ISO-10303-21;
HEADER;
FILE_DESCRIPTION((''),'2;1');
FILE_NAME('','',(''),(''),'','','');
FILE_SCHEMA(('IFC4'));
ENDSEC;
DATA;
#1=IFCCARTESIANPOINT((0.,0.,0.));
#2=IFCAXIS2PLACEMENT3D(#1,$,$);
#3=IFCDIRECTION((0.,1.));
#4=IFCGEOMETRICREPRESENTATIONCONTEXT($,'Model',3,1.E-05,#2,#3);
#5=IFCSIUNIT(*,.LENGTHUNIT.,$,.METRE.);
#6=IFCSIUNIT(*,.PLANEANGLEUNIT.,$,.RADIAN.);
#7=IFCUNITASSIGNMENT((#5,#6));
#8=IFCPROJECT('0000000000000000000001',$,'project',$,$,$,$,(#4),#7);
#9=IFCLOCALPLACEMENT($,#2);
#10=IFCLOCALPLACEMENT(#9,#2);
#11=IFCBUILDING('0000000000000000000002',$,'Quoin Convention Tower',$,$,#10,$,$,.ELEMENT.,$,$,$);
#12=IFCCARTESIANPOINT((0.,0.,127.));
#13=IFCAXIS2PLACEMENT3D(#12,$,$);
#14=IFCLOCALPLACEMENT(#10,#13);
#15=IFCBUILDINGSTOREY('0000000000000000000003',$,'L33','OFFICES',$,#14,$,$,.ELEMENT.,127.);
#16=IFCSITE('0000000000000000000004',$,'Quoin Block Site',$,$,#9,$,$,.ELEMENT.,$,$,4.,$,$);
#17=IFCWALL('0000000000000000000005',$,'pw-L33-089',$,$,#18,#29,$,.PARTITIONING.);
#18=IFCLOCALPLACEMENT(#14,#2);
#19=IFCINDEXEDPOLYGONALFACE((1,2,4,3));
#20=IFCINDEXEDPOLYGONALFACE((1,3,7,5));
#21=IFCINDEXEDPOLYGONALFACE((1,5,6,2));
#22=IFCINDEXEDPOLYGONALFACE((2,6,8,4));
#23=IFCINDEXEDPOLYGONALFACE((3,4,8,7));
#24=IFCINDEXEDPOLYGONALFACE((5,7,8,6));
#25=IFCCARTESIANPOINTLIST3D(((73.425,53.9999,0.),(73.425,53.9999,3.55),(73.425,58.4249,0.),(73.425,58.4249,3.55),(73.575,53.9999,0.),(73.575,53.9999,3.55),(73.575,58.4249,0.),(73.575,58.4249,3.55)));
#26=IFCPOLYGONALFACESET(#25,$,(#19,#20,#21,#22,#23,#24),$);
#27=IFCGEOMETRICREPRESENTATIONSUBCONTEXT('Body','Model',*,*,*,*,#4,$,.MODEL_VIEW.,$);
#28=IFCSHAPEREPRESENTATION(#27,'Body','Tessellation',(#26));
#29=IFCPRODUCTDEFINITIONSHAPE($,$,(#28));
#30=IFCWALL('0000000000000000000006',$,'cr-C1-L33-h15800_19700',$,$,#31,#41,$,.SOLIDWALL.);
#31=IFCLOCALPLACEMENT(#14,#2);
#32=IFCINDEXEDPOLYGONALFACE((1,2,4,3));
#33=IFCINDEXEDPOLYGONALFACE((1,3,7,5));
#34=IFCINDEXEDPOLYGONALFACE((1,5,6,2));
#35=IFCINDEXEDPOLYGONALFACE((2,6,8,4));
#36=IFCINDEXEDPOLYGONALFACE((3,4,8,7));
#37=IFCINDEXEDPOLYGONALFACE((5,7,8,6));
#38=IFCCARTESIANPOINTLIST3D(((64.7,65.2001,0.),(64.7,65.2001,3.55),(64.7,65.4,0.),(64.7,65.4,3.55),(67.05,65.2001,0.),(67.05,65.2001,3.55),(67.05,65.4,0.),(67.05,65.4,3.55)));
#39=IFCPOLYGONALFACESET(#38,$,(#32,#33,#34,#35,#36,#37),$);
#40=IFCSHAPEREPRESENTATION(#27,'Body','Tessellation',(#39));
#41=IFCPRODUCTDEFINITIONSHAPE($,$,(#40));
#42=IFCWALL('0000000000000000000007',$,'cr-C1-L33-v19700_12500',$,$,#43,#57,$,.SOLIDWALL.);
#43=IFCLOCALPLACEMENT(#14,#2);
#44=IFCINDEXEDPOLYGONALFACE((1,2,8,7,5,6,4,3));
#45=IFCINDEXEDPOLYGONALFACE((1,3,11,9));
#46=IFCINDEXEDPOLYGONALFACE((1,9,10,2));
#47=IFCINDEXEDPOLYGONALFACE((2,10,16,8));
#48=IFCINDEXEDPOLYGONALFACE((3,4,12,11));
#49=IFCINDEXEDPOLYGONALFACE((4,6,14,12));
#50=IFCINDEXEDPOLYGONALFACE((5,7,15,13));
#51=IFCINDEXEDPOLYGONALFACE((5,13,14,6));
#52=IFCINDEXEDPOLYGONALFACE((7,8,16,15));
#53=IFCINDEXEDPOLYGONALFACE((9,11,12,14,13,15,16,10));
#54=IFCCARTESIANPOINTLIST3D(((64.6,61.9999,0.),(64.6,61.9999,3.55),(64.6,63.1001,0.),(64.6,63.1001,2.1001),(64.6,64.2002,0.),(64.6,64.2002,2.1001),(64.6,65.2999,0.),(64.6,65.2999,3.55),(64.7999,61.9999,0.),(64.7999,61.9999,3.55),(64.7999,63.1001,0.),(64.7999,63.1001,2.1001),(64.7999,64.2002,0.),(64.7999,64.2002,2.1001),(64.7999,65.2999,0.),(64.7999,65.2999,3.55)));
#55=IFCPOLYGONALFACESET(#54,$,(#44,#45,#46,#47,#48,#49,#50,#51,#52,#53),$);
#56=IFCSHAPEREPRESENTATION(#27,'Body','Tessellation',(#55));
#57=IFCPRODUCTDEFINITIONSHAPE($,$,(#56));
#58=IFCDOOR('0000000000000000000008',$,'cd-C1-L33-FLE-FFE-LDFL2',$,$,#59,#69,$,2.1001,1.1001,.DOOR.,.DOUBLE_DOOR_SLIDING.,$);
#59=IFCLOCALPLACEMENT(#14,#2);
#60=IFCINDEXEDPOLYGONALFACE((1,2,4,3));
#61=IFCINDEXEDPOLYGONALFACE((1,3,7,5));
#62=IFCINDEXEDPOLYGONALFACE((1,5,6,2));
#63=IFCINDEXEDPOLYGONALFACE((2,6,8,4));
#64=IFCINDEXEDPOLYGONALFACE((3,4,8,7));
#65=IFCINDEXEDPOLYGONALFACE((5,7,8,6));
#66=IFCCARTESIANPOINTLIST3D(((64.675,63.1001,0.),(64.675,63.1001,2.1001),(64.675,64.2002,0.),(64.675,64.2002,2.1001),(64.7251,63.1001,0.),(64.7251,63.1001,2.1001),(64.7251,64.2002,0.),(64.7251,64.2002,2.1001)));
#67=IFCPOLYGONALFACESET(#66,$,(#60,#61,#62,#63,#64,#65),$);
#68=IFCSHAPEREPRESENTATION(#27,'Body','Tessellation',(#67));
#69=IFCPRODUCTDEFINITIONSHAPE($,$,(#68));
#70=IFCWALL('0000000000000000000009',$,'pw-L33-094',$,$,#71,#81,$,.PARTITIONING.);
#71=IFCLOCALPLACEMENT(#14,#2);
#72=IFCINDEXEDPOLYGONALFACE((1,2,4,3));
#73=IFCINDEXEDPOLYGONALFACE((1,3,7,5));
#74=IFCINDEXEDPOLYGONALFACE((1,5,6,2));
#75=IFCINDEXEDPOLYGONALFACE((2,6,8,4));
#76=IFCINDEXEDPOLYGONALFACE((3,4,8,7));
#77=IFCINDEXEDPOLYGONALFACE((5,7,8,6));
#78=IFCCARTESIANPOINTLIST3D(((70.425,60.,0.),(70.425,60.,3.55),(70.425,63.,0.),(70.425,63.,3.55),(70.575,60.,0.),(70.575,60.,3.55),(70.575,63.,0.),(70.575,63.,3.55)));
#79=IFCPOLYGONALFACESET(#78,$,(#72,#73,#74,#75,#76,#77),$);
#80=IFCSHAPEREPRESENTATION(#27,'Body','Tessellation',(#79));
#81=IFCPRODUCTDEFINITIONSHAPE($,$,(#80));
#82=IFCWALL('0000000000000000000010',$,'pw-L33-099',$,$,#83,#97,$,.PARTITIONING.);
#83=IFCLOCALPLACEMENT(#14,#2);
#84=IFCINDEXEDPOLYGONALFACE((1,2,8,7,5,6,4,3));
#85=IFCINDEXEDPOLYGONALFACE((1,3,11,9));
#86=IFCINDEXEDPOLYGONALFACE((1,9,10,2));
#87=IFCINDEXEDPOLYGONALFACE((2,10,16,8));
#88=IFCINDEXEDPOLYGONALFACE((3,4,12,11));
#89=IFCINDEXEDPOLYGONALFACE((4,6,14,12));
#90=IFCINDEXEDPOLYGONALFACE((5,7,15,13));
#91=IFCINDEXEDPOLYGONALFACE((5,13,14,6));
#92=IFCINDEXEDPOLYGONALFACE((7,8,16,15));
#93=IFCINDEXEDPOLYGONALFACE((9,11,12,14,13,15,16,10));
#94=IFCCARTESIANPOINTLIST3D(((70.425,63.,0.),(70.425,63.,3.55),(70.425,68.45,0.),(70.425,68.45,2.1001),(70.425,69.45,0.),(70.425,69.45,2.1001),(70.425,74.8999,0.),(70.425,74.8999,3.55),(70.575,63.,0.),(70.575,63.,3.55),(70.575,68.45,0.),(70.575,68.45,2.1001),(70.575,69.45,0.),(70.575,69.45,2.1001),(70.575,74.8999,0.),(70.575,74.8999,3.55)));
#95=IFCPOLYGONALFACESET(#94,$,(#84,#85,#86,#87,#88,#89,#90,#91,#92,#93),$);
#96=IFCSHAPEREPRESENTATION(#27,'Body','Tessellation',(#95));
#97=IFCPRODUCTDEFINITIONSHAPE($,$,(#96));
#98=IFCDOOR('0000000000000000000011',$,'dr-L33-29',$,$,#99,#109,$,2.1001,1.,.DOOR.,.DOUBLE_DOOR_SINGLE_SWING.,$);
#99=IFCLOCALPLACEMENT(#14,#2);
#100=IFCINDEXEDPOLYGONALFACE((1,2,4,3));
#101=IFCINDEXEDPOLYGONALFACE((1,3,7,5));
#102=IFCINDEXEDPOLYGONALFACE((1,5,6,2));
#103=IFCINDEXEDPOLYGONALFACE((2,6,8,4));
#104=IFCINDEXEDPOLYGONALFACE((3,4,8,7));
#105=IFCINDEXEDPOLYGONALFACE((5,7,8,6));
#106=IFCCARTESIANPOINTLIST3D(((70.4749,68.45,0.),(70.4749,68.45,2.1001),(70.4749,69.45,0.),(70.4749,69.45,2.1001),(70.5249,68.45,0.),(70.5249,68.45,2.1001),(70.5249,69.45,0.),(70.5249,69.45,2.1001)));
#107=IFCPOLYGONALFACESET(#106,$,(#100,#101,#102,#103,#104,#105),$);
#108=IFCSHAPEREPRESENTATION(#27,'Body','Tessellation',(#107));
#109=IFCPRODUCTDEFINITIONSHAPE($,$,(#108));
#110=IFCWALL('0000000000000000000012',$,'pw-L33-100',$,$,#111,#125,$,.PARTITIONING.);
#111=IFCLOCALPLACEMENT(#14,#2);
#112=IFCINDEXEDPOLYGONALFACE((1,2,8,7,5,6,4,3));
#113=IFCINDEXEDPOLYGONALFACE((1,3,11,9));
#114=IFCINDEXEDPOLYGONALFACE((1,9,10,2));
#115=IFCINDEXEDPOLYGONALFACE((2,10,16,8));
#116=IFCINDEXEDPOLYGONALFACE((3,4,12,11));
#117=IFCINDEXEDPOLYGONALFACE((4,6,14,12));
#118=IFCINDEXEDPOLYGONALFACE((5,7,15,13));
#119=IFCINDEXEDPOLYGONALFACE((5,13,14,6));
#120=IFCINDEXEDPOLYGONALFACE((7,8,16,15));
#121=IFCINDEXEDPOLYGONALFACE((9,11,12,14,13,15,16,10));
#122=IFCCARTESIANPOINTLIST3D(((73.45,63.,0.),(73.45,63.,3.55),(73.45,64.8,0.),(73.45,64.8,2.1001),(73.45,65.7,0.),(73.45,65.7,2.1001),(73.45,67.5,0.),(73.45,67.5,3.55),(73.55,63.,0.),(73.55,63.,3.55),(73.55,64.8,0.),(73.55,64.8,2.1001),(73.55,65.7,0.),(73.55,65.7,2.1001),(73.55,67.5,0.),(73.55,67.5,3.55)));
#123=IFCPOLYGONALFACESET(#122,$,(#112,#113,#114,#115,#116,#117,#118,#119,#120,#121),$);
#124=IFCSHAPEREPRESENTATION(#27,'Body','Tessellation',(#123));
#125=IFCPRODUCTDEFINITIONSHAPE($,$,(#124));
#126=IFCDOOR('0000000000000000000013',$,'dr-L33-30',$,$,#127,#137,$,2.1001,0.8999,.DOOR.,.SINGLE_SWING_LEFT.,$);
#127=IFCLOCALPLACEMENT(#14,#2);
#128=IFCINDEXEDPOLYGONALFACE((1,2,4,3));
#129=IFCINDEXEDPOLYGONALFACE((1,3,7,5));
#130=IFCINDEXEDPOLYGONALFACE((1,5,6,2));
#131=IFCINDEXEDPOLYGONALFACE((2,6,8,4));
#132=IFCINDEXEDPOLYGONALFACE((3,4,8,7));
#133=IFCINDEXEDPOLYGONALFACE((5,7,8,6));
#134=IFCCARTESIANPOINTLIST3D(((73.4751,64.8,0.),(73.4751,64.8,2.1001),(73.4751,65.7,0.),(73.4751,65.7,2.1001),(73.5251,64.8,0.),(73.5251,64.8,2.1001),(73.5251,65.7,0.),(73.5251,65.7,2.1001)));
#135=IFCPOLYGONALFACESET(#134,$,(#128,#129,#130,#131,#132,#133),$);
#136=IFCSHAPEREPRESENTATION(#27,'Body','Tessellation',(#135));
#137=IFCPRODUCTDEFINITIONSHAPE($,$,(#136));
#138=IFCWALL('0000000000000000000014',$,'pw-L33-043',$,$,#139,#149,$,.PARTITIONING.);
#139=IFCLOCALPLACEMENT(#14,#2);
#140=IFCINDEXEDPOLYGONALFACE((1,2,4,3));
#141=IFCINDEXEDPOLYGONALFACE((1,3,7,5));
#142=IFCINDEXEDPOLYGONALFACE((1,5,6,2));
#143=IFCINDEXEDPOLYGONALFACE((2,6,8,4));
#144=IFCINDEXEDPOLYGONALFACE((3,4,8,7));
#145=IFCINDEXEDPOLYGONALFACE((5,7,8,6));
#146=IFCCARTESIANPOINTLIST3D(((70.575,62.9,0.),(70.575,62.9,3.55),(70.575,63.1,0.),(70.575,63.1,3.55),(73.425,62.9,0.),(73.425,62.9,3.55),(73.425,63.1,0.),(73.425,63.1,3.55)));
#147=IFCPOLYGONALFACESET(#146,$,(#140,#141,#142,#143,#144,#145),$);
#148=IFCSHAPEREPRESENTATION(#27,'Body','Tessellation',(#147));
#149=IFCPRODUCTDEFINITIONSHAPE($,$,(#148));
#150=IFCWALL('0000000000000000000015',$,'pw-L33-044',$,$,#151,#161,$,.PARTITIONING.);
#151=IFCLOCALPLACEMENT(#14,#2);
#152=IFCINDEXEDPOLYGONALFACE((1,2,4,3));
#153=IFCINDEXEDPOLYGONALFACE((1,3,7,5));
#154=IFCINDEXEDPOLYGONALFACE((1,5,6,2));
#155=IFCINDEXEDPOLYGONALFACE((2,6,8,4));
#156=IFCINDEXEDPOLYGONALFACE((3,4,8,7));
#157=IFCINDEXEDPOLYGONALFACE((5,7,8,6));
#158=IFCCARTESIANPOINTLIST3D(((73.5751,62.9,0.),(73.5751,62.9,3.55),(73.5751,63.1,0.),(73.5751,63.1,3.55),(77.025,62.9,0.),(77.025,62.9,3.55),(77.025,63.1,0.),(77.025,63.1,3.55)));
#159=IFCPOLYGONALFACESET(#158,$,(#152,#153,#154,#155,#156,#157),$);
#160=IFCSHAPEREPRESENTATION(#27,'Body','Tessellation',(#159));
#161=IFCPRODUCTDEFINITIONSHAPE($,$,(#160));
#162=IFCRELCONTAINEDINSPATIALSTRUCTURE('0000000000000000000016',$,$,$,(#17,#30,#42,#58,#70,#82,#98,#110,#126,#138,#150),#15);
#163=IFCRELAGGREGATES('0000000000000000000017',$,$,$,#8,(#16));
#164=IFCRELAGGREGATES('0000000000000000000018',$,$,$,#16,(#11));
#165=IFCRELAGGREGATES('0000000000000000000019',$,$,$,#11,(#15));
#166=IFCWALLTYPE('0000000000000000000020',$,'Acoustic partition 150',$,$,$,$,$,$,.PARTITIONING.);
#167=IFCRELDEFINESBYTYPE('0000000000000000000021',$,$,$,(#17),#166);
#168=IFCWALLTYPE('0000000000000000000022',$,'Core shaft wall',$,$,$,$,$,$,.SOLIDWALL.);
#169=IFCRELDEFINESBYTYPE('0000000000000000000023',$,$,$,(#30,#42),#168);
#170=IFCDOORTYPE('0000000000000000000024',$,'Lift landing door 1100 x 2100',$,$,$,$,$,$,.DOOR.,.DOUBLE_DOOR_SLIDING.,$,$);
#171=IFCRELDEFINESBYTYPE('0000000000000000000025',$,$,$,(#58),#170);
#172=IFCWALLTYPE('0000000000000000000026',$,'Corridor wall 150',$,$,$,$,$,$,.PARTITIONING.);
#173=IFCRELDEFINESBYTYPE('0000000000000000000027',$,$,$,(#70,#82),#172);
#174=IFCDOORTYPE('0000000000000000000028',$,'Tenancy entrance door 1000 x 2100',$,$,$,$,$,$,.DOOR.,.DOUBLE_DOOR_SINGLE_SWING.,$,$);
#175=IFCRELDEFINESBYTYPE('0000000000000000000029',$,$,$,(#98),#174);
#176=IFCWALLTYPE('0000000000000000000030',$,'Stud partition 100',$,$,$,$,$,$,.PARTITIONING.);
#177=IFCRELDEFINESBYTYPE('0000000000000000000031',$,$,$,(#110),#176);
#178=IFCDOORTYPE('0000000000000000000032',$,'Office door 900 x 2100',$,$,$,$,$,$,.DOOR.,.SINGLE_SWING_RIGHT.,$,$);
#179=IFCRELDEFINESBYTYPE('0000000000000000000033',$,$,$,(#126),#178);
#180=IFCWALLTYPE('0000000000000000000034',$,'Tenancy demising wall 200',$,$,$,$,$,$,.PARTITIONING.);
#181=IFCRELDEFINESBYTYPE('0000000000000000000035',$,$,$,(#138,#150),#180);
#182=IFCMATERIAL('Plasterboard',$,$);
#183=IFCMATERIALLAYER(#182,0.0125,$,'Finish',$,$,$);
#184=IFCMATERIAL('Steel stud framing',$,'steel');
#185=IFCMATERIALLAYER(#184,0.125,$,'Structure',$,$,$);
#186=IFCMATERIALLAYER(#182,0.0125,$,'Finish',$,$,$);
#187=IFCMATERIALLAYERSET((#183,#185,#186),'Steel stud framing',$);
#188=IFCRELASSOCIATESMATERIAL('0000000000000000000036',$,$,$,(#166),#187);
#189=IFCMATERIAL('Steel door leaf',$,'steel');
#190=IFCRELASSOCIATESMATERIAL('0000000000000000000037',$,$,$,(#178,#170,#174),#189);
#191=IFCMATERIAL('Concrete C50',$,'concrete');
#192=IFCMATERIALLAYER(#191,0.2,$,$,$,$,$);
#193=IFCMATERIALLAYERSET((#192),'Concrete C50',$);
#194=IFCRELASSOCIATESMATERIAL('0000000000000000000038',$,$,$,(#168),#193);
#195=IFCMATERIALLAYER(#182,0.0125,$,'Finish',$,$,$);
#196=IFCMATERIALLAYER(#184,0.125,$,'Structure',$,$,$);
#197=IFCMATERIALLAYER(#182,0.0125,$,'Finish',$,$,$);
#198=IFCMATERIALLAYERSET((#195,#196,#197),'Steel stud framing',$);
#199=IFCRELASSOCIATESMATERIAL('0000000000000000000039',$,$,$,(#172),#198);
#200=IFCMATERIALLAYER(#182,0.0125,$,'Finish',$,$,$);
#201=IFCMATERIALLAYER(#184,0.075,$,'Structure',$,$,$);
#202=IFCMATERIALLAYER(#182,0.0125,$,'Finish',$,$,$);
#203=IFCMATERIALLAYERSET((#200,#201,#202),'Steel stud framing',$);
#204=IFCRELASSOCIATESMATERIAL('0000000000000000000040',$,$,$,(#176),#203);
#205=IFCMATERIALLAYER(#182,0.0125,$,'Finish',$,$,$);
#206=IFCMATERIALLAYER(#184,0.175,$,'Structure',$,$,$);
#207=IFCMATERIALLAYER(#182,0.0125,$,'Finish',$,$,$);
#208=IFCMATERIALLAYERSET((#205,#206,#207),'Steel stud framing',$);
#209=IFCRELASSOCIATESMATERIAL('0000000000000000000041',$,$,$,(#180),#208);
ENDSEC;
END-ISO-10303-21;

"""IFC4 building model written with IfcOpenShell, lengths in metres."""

from ifc_helpers import new_model, si_unit, direction, frame, frame_2d, origin, place, context, subcontext, project, spatial, rectangle, extrude, material, layer, layer_set, type_object, element, fill, save


model = new_model("IFC4")

# Units and contexts
model_context = context("Model", 3, precision=1e-05, world=origin(), true_north=direction((0.0, 1.0)))
body_context = subcontext(model_context, "Body", "Model", "MODEL_VIEW")
ifc_project = project(units=[si_unit("LENGTHUNIT", "METRE"), si_unit("PLANEANGLEUNIT", "RADIAN")], contexts=[model_context])

# Site, building, storey
site_placement = place(None, origin())
site = spatial("IfcSite", under=ifc_project, at=site_placement, Name="Quoin Block Site", CompositionType="ELEMENT", RefElevation=4.0)
building_placement = place(site_placement, origin())
building = spatial("IfcBuilding", under=site, at=building_placement, Name="Quoin Convention Tower", CompositionType="ELEMENT")
storey_placement = place(building_placement, frame((0.0, 0.0, 127.0)))
storey = spatial("IfcBuildingStorey", under=building, at=storey_placement, Name="L33", Description="OFFICES", CompositionType="ELEMENT", Elevation=127.0)

# Shared definitions
ifc_material_1 = material(Name="Plasterboard")
ifc_layer_1 = layer(ifc_material_1, 0.0125, Name="Finish")
ifc_material_2 = material(Name="Steel stud framing", Category="steel")
ifc_layer_2 = layer(ifc_material_2, 0.125, Name="Structure")
ifc_layer_3 = layer(ifc_material_1, 0.0125, Name="Finish")
ifc_layer_set_1 = layer_set([ifc_layer_1, ifc_layer_2, ifc_layer_3], Name="Steel stud framing")
wall_type_1 = type_object("IfcWallType", Name="Acoustic partition 150", PredefinedType="PARTITIONING", material=ifc_layer_set_1)

# Shared definitions
ifc_material_3 = material(Name="Steel door leaf", Category="steel")
door_type_1 = type_object("IfcDoorType", Name="Office door 900 x 2100", OperationType="SINGLE_SWING_RIGHT", PredefinedType="DOOR", material=ifc_material_3)

# Walls
wall_1_placement = place(storey_placement, frame((73.5, 54.0, 0.0), z_axis=(0.0, 0.0, 1.0), x_axis=(0.0, 1.0, 0.0)))
element("IfcWall", 1, at=wall_1_placement, inside=storey, type_object=wall_type_1, Name="pw-L33-089", PredefinedType="PARTITIONING", context=body_context, shape_type="SweptSolid", body=[
    extrude(rectangle(XDim=4.425, YDim=0.1499, at=frame_2d((2.2124, 0.0))), origin(), (0.0, 0.0, 1.0), 3.55),
])
ifc_material_4 = material(Name="Concrete C50", Category="concrete")
ifc_layer_4 = layer(ifc_material_4, 0.2)
ifc_layer_set_2 = layer_set([ifc_layer_4], Name="Concrete C50")
wall_type_2 = type_object("IfcWallType", Name="Core shaft wall", PredefinedType="SOLIDWALL", material=ifc_layer_set_2)
wall_2_placement = place(storey_placement, frame((64.7, 65.3, 0.0), z_axis=(0.0, 0.0, 1.0), x_axis=(1.0, 0.0, 0.0)))
element("IfcWall", 2, at=wall_2_placement, inside=storey, type_object=wall_type_2, Name="cr-C1-L33-h15800_19700", PredefinedType="SOLIDWALL", context=body_context, shape_type="SweptSolid", body=[
    extrude(rectangle(XDim=2.3501, YDim=0.2, at=frame_2d((1.175, 0.0))), origin(), (0.0, 0.0, 1.0), 3.55),
])

# Wall, opening, door
wall_3_placement = place(storey_placement, frame((64.7, 62.0, 0.0), z_axis=(0.0, 0.0, 1.0), x_axis=(0.0, 1.0, 0.0)))
wall_3 = element("IfcWall", 3, at=wall_3_placement, inside=storey, type_object=wall_type_2, Name="cr-C1-L33-v19700_12500", PredefinedType="SOLIDWALL", context=body_context, shape_type="SweptSolid", body=[
    extrude(rectangle(XDim=3.3, YDim=0.2, at=frame_2d((1.6499, 0.0))), origin(), (0.0, 0.0, 1.0), 3.55),
])
opening_1_placement = place(wall_3_placement, frame((1.1001, 0.0, 0.0)))
opening_1 = element("IfcOpeningElement", 4, at=opening_1_placement, cuts=wall_3, PredefinedType="OPENING", context=body_context, shape_type="SweptSolid", body=[
    extrude(rectangle(XDim=1.1001, YDim=2.1001, at=frame_2d((0.55, 1.05))), frame((0.0, 0.1099, 0.0), z_axis=(0.0, -1.0, 0.0), x_axis=(1.0, 0.0, 0.0)), (0.0, 0.0, 1.0), 0.22),
])
door_type_2 = type_object("IfcDoorType", Name="Lift landing door 1100 x 2100", OperationType="DOUBLE_DOOR_SLIDING", PredefinedType="DOOR", material=ifc_material_3)
door_1_placement = place(opening_1_placement, origin())
door_1 = element("IfcDoor", 5, at=door_1_placement, inside=storey, type_object=door_type_2, Name="cd-C1-L33-FLE-FFE-LDFL2", OperationType="DOUBLE_DOOR_SLIDING", OverallHeight=2.1001, OverallWidth=1.1001, PredefinedType="DOOR", context=body_context, shape_type="SweptSolid", body=[
    extrude(rectangle(XDim=1.1001, YDim=2.1001, at=frame_2d((0.55, 1.05))), frame((0.0, 0.0249, 0.0), z_axis=(0.0, -1.0, 0.0), x_axis=(1.0, 0.0, 0.0)), (0.0, 0.0, 1.0), 0.05),
])
fill(opening_1, door_1)

# Wall
ifc_layer_5 = layer(ifc_material_1, 0.0125, Name="Finish")
ifc_layer_6 = layer(ifc_material_2, 0.125, Name="Structure")
ifc_layer_7 = layer(ifc_material_1, 0.0125, Name="Finish")
ifc_layer_set_3 = layer_set([ifc_layer_5, ifc_layer_6, ifc_layer_7], Name="Steel stud framing")
wall_type_3 = type_object("IfcWallType", Name="Corridor wall 150", PredefinedType="PARTITIONING", material=ifc_layer_set_3)
wall_4_placement = place(storey_placement, frame((70.5, 60.0, 0.0), z_axis=(0.0, 0.0, 1.0), x_axis=(0.0, 1.0, 0.0)))
element("IfcWall", 6, at=wall_4_placement, inside=storey, type_object=wall_type_3, Name="pw-L33-094", PredefinedType="PARTITIONING", context=body_context, shape_type="SweptSolid", body=[
    extrude(rectangle(XDim=3.0, YDim=0.1499, at=frame_2d((1.5, 0.0))), origin(), (0.0, 0.0, 1.0), 3.55),
])

# Walls, openings, doors
wall_5_placement = place(storey_placement, frame((70.5, 63.0, 0.0), z_axis=(0.0, 0.0, 1.0), x_axis=(0.0, 1.0, 0.0)))
wall_5 = element("IfcWall", 7, at=wall_5_placement, inside=storey, type_object=wall_type_3, Name="pw-L33-099", PredefinedType="PARTITIONING", context=body_context, shape_type="SweptSolid", body=[
    extrude(rectangle(XDim=11.8999, YDim=0.1499, at=frame_2d((5.95, 0.0))), origin(), (0.0, 0.0, 1.0), 3.55),
])
opening_2_placement = place(wall_5_placement, frame((5.45, 0.0, 0.0)))
opening_2 = element("IfcOpeningElement", 8, at=opening_2_placement, cuts=wall_5, PredefinedType="OPENING", context=body_context, shape_type="SweptSolid", body=[
    extrude(rectangle(XDim=1.0, YDim=2.1001, at=frame_2d((0.5, 1.05))), frame((0.0, 0.085, 0.0), z_axis=(0.0, -1.0, 0.0), x_axis=(1.0, 0.0, 0.0)), (0.0, 0.0, 1.0), 0.1699),
])
door_type_3 = type_object("IfcDoorType", Name="Tenancy entrance door 1000 x 2100", OperationType="DOUBLE_DOOR_SINGLE_SWING", PredefinedType="DOOR", material=ifc_material_3)
door_2_placement = place(opening_2_placement, frame((1.0, 0.0, 0.0), z_axis=(0.0, 0.0, 1.0), x_axis=(-1.0, 0.0, 0.0)))
door_2 = element("IfcDoor", 9, at=door_2_placement, inside=storey, type_object=door_type_3, Name="dr-L33-29", OperationType="DOUBLE_DOOR_SINGLE_SWING", OverallHeight=2.1001, OverallWidth=1.0, PredefinedType="DOOR", context=body_context, shape_type="SweptSolid", body=[
    extrude(rectangle(XDim=1.0, YDim=2.1001, at=frame_2d((0.5, 1.05))), frame((0.0, 0.0249, 0.0), z_axis=(0.0, -1.0, 0.0), x_axis=(1.0, 0.0, 0.0)), (0.0, 0.0, 1.0), 0.05),
])
fill(opening_2, door_2)
ifc_layer_8 = layer(ifc_material_1, 0.0125, Name="Finish")
ifc_layer_9 = layer(ifc_material_2, 0.075, Name="Structure")
ifc_layer_10 = layer(ifc_material_1, 0.0125, Name="Finish")
ifc_layer_set_4 = layer_set([ifc_layer_8, ifc_layer_9, ifc_layer_10], Name="Steel stud framing")
wall_type_4 = type_object("IfcWallType", Name="Stud partition 100", PredefinedType="PARTITIONING", material=ifc_layer_set_4)
wall_6_placement = place(storey_placement, frame((73.5, 63.0, 0.0), z_axis=(0.0, 0.0, 1.0), x_axis=(0.0, 1.0, 0.0)))
wall_6 = element("IfcWall", 10, at=wall_6_placement, inside=storey, type_object=wall_type_4, Name="pw-L33-100", PredefinedType="PARTITIONING", context=body_context, shape_type="SweptSolid", body=[
    extrude(rectangle(XDim=4.5, YDim=0.1001, at=frame_2d((2.25, 0.0))), origin(), (0.0, 0.0, 1.0), 3.55),
])
opening_3_placement = place(wall_6_placement, frame((1.8, 0.0, 0.0)))
opening_3 = element("IfcOpeningElement", 11, at=opening_3_placement, cuts=wall_6, PredefinedType="OPENING", context=body_context, shape_type="SweptSolid", body=[
    extrude(rectangle(XDim=0.8999, YDim=2.1001, at=frame_2d((0.45, 1.05))), frame((0.0, 0.0601, 0.0), z_axis=(0.0, -1.0, 0.0), x_axis=(1.0, 0.0, 0.0)), (0.0, 0.0, 1.0), 0.1201),
])
door_3_placement = place(opening_3_placement, origin())
door_3 = element("IfcDoor", 12, at=door_3_placement, inside=storey, type_object=door_type_1, Name="dr-L33-30", OperationType="SINGLE_SWING_LEFT", OverallHeight=2.1001, OverallWidth=0.8999, PredefinedType="DOOR", context=body_context, shape_type="SweptSolid", body=[
    extrude(rectangle(XDim=0.8999, YDim=2.1001, at=frame_2d((0.45, 1.05))), frame((0.0, 0.0249, 0.0), z_axis=(0.0, -1.0, 0.0), x_axis=(1.0, 0.0, 0.0)), (0.0, 0.0, 1.0), 0.05),
])
fill(opening_3, door_3)

# Walls
ifc_layer_11 = layer(ifc_material_1, 0.0125, Name="Finish")
ifc_layer_12 = layer(ifc_material_2, 0.175, Name="Structure")
ifc_layer_13 = layer(ifc_material_1, 0.0125, Name="Finish")
ifc_layer_set_5 = layer_set([ifc_layer_11, ifc_layer_12, ifc_layer_13], Name="Steel stud framing")
wall_type_5 = type_object("IfcWallType", Name="Tenancy demising wall 200", PredefinedType="PARTITIONING", material=ifc_layer_set_5)
wall_7_placement = place(storey_placement, frame((70.575, 63.0, 0.0), z_axis=(0.0, 0.0, 1.0), x_axis=(1.0, 0.0, 0.0)))
element("IfcWall", 13, at=wall_7_placement, inside=storey, type_object=wall_type_5, Name="pw-L33-043", PredefinedType="PARTITIONING", context=body_context, shape_type="SweptSolid", body=[
    extrude(rectangle(XDim=2.8501, YDim=0.2, at=frame_2d((1.425, 0.0))), origin(), (0.0, 0.0, 1.0), 3.55),
])
wall_8_placement = place(storey_placement, frame((73.575, 63.0, 0.0), z_axis=(0.0, 0.0, 1.0), x_axis=(1.0, 0.0, 0.0)))
element("IfcWall", 14, at=wall_8_placement, inside=storey, type_object=wall_type_5, Name="pw-L33-044", PredefinedType="PARTITIONING", context=body_context, shape_type="SweptSolid", body=[
    extrude(rectangle(XDim=3.45, YDim=0.2, at=frame_2d((1.7251, 0.0))), origin(), (0.0, 0.0, 1.0), 3.55),
])

save(model, "model.ifc")
